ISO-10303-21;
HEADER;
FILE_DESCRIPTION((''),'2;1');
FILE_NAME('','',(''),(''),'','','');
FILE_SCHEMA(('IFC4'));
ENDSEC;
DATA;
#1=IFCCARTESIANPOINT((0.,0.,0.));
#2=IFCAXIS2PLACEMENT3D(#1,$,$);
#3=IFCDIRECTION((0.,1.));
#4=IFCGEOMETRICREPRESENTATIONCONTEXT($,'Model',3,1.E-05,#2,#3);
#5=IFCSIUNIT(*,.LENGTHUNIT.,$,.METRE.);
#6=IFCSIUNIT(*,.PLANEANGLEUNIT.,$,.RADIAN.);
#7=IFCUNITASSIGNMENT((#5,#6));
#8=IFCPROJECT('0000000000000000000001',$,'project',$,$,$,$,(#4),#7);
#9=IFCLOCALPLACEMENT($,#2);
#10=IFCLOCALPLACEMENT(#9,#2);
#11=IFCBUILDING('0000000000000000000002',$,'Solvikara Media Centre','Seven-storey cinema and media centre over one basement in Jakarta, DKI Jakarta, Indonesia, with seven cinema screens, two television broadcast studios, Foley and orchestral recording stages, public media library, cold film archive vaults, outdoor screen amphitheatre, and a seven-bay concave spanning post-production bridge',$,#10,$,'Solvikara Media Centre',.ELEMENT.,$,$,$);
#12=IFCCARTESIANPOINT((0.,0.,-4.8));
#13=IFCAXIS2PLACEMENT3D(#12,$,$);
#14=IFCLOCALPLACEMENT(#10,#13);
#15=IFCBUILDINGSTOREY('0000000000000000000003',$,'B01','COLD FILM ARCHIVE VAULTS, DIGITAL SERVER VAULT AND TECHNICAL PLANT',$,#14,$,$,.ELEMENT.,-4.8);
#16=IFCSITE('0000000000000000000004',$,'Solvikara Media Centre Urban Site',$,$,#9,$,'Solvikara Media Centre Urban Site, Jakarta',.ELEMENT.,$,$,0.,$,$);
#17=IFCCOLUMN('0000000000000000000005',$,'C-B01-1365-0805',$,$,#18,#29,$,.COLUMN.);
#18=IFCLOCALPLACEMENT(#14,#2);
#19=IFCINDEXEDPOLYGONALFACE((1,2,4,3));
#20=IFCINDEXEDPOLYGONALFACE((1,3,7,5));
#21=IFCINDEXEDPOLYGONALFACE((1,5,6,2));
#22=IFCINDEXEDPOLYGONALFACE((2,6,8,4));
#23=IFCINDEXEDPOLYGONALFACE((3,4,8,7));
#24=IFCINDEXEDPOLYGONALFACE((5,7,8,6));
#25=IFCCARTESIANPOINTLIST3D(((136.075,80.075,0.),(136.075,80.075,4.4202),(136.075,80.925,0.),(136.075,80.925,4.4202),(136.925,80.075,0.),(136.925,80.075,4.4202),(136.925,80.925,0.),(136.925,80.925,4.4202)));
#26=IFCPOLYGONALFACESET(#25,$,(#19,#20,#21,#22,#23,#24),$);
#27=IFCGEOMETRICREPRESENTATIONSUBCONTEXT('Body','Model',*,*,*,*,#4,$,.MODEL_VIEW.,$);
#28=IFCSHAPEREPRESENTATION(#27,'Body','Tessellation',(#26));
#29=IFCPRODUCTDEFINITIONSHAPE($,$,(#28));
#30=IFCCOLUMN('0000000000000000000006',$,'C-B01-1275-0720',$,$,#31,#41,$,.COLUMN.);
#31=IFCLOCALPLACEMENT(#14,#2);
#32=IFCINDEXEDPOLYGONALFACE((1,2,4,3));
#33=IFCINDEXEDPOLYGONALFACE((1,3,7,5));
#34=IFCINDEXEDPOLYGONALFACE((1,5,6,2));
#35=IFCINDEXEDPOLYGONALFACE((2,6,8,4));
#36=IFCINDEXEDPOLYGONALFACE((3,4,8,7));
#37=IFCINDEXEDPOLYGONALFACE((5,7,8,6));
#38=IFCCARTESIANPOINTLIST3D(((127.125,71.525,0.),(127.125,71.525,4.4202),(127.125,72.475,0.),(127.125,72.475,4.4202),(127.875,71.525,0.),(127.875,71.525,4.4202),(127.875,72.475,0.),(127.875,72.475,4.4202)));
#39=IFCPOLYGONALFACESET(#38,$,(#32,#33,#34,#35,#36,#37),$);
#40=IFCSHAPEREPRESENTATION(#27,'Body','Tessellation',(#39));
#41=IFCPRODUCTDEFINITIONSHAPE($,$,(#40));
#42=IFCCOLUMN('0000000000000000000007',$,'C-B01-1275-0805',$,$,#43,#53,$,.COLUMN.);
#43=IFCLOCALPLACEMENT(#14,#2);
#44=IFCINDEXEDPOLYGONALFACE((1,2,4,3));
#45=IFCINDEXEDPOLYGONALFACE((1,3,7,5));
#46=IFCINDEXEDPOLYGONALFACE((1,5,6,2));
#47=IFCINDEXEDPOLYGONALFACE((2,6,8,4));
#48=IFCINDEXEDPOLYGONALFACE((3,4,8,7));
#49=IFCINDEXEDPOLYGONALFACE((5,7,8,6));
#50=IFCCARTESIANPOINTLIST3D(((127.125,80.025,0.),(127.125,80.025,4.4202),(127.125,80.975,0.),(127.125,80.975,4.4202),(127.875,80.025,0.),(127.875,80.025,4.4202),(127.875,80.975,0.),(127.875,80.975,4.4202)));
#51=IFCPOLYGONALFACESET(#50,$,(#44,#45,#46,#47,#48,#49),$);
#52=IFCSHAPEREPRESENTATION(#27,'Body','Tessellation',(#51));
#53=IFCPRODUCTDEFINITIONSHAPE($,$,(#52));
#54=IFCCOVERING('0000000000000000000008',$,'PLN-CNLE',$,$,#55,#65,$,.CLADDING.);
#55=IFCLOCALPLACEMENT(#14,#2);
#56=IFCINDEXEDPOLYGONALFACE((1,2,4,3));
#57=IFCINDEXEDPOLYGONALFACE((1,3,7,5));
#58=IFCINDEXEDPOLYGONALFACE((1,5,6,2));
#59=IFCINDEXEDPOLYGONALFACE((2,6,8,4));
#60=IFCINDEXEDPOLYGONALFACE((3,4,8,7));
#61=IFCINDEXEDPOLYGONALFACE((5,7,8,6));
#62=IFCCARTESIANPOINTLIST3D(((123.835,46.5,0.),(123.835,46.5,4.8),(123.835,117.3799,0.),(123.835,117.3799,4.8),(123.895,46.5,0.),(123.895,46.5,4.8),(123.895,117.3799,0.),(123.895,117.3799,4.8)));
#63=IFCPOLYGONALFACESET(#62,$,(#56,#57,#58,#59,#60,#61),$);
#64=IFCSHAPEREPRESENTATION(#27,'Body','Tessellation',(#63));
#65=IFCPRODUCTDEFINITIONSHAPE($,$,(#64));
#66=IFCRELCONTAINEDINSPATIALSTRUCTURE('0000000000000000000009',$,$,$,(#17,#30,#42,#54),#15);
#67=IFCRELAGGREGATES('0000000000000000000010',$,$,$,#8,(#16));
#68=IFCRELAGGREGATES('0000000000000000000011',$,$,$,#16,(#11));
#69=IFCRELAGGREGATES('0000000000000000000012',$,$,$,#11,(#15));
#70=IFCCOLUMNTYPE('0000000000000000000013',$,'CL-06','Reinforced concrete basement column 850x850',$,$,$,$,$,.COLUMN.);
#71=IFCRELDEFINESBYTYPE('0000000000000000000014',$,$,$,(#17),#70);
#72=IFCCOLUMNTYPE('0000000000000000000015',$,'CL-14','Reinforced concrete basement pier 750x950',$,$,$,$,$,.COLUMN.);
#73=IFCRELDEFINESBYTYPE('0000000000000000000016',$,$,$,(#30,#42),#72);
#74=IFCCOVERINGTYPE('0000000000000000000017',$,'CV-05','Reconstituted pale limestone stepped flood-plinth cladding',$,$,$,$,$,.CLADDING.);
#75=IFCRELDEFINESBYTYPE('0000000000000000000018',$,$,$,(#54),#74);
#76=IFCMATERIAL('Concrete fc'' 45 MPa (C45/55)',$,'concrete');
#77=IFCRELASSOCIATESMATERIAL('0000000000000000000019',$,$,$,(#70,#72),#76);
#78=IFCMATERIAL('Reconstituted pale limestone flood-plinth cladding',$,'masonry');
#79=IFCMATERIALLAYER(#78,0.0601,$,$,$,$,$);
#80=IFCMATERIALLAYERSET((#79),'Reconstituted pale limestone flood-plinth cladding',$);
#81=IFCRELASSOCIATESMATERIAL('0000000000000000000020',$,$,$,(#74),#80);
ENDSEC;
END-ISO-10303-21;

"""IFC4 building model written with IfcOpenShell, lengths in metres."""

from ifc_helpers import new_model, si_unit, direction, frame, origin, origin_2d, place, context, subcontext, project, spatial, rectangle, extrude, material, layer, layer_set, material_profile, profile_set, type_object, element, save


model = new_model("IFC4")

# Units and contexts
model_context = context("Model", 3, precision=1e-05, world=origin(), true_north=direction((0.0, 1.0)))
body_context = subcontext(model_context, "Body", "Model", "MODEL_VIEW")
ifc_project = project(units=[si_unit("LENGTHUNIT", "METRE"), si_unit("PLANEANGLEUNIT", "RADIAN")], contexts=[model_context])

# Site, building, storey
site_placement = place(None, origin())
site = spatial("IfcSite", under=ifc_project, at=site_placement, Name="Solvikara Media Centre Urban Site", LongName="Solvikara Media Centre Urban Site, Jakarta", CompositionType="ELEMENT", RefElevation=0.0)
building_placement = place(site_placement, origin())
building = spatial("IfcBuilding", under=site, at=building_placement, Name="Solvikara Media Centre", Description="Seven-storey cinema and media centre over one basement in Jakarta, DKI Jakarta, Indonesia, with seven cinema screens, two television broadcast studios, Foley and orchestral recording stages, public media library, cold film archive vaults, outdoor screen amphitheatre, and a seven-bay concave spanning post-production bridge", LongName="Solvikara Media Centre", CompositionType="ELEMENT")
storey_placement = place(building_placement, frame((0.0, 0.0, -4.8)))
storey = spatial("IfcBuildingStorey", under=building, at=storey_placement, Name="B01", Description="COLD FILM ARCHIVE VAULTS, DIGITAL SERVER VAULT AND TECHNICAL PLANT", CompositionType="ELEMENT", Elevation=-4.8)

# Columns
ifc_material_1 = material(Name="Concrete fc' 45 MPa (C45/55)", Category="concrete")
ifc_material_profile_1 = material_profile(ifc_material_1, rectangle(XDim=0.8501, YDim=0.8501, at=origin_2d()), Name="RC 850x850")
ifc_profile_set_1 = profile_set([ifc_material_profile_1], Name="Concrete fc' 45 MPa (C45/55)")
column_type_1 = type_object("IfcColumnType", Name="CL-06", Description="Reinforced concrete basement column 850x850", PredefinedType="COLUMN", material=ifc_profile_set_1)
for number, where, z_axis, x_axis, name in (
    (1, (136.5, 80.5, 0.0), (0.0, 0.0, 1.0), (1.0, 0.0, 0.0), "C-B01-1365-0805"),
):
    element("IfcColumn", number, at=place(storey_placement, frame(where, z_axis=z_axis, x_axis=x_axis)), inside=storey, type_object=column_type_1, Name=name, PredefinedType="COLUMN", context=body_context, shape_type="SweptSolid", body=[
        extrude(rectangle(XDim=0.8501, YDim=0.8501, at=origin_2d()), origin(), (0.0, 0.0, 1.0), 4.4202),
    ])
ifc_material_profile_2 = material_profile(ifc_material_1, rectangle(XDim=0.75, YDim=0.95, at=origin_2d()), Name="RC 750x950")
ifc_profile_set_2 = profile_set([ifc_material_profile_2], Name="Concrete fc' 45 MPa (C45/55)")
column_type_2 = type_object("IfcColumnType", Name="CL-14", Description="Reinforced concrete basement pier 750x950", PredefinedType="COLUMN", material=ifc_profile_set_2)
for number, where, z_axis, x_axis, name in (
    (2, (127.5, 72.0, 0.0), (0.0, 0.0, 1.0), (1.0, 0.0, 0.0), "C-B01-1275-0720"),
    (3, (127.5, 80.5, 0.0), (0.0, 0.0, 1.0), (1.0, 0.0, 0.0), "C-B01-1275-0805"),
):
    element("IfcColumn", number, at=place(storey_placement, frame(where, z_axis=z_axis, x_axis=x_axis)), inside=storey, type_object=column_type_2, Name=name, PredefinedType="COLUMN", context=body_context, shape_type="SweptSolid", body=[
        extrude(rectangle(XDim=0.75, YDim=0.95, at=origin_2d()), origin(), (0.0, 0.0, 1.0), 4.4202),
    ])

# Covering
ifc_material_2 = material(Name="Reconstituted pale limestone flood-plinth cladding", Category="masonry")
ifc_layer = layer(ifc_material_2, 0.0601)
ifc_layer_set = layer_set([ifc_layer], Name="Reconstituted pale limestone flood-plinth cladding")
covering_type = type_object("IfcCoveringType", Name="CV-05", Description="Reconstituted pale limestone stepped flood-plinth cladding", PredefinedType="CLADDING", material=ifc_layer_set)
covering_placement = place(storey_placement, frame((123.865, 81.9399, 0.0), z_axis=(0.0, 0.0, 1.0), x_axis=(0.0, 1.0, 0.0)))
element("IfcCovering", 4, at=covering_placement, inside=storey, type_object=covering_type, Name="PLN-CNLE", PredefinedType="CLADDING", context=body_context, shape_type="SweptSolid", body=[
    extrude(rectangle(XDim=70.8799, YDim=0.0601, at=origin_2d()), origin(), (0.0, 0.0, 1.0), 4.8),
])

save(model, "model.ifc")
